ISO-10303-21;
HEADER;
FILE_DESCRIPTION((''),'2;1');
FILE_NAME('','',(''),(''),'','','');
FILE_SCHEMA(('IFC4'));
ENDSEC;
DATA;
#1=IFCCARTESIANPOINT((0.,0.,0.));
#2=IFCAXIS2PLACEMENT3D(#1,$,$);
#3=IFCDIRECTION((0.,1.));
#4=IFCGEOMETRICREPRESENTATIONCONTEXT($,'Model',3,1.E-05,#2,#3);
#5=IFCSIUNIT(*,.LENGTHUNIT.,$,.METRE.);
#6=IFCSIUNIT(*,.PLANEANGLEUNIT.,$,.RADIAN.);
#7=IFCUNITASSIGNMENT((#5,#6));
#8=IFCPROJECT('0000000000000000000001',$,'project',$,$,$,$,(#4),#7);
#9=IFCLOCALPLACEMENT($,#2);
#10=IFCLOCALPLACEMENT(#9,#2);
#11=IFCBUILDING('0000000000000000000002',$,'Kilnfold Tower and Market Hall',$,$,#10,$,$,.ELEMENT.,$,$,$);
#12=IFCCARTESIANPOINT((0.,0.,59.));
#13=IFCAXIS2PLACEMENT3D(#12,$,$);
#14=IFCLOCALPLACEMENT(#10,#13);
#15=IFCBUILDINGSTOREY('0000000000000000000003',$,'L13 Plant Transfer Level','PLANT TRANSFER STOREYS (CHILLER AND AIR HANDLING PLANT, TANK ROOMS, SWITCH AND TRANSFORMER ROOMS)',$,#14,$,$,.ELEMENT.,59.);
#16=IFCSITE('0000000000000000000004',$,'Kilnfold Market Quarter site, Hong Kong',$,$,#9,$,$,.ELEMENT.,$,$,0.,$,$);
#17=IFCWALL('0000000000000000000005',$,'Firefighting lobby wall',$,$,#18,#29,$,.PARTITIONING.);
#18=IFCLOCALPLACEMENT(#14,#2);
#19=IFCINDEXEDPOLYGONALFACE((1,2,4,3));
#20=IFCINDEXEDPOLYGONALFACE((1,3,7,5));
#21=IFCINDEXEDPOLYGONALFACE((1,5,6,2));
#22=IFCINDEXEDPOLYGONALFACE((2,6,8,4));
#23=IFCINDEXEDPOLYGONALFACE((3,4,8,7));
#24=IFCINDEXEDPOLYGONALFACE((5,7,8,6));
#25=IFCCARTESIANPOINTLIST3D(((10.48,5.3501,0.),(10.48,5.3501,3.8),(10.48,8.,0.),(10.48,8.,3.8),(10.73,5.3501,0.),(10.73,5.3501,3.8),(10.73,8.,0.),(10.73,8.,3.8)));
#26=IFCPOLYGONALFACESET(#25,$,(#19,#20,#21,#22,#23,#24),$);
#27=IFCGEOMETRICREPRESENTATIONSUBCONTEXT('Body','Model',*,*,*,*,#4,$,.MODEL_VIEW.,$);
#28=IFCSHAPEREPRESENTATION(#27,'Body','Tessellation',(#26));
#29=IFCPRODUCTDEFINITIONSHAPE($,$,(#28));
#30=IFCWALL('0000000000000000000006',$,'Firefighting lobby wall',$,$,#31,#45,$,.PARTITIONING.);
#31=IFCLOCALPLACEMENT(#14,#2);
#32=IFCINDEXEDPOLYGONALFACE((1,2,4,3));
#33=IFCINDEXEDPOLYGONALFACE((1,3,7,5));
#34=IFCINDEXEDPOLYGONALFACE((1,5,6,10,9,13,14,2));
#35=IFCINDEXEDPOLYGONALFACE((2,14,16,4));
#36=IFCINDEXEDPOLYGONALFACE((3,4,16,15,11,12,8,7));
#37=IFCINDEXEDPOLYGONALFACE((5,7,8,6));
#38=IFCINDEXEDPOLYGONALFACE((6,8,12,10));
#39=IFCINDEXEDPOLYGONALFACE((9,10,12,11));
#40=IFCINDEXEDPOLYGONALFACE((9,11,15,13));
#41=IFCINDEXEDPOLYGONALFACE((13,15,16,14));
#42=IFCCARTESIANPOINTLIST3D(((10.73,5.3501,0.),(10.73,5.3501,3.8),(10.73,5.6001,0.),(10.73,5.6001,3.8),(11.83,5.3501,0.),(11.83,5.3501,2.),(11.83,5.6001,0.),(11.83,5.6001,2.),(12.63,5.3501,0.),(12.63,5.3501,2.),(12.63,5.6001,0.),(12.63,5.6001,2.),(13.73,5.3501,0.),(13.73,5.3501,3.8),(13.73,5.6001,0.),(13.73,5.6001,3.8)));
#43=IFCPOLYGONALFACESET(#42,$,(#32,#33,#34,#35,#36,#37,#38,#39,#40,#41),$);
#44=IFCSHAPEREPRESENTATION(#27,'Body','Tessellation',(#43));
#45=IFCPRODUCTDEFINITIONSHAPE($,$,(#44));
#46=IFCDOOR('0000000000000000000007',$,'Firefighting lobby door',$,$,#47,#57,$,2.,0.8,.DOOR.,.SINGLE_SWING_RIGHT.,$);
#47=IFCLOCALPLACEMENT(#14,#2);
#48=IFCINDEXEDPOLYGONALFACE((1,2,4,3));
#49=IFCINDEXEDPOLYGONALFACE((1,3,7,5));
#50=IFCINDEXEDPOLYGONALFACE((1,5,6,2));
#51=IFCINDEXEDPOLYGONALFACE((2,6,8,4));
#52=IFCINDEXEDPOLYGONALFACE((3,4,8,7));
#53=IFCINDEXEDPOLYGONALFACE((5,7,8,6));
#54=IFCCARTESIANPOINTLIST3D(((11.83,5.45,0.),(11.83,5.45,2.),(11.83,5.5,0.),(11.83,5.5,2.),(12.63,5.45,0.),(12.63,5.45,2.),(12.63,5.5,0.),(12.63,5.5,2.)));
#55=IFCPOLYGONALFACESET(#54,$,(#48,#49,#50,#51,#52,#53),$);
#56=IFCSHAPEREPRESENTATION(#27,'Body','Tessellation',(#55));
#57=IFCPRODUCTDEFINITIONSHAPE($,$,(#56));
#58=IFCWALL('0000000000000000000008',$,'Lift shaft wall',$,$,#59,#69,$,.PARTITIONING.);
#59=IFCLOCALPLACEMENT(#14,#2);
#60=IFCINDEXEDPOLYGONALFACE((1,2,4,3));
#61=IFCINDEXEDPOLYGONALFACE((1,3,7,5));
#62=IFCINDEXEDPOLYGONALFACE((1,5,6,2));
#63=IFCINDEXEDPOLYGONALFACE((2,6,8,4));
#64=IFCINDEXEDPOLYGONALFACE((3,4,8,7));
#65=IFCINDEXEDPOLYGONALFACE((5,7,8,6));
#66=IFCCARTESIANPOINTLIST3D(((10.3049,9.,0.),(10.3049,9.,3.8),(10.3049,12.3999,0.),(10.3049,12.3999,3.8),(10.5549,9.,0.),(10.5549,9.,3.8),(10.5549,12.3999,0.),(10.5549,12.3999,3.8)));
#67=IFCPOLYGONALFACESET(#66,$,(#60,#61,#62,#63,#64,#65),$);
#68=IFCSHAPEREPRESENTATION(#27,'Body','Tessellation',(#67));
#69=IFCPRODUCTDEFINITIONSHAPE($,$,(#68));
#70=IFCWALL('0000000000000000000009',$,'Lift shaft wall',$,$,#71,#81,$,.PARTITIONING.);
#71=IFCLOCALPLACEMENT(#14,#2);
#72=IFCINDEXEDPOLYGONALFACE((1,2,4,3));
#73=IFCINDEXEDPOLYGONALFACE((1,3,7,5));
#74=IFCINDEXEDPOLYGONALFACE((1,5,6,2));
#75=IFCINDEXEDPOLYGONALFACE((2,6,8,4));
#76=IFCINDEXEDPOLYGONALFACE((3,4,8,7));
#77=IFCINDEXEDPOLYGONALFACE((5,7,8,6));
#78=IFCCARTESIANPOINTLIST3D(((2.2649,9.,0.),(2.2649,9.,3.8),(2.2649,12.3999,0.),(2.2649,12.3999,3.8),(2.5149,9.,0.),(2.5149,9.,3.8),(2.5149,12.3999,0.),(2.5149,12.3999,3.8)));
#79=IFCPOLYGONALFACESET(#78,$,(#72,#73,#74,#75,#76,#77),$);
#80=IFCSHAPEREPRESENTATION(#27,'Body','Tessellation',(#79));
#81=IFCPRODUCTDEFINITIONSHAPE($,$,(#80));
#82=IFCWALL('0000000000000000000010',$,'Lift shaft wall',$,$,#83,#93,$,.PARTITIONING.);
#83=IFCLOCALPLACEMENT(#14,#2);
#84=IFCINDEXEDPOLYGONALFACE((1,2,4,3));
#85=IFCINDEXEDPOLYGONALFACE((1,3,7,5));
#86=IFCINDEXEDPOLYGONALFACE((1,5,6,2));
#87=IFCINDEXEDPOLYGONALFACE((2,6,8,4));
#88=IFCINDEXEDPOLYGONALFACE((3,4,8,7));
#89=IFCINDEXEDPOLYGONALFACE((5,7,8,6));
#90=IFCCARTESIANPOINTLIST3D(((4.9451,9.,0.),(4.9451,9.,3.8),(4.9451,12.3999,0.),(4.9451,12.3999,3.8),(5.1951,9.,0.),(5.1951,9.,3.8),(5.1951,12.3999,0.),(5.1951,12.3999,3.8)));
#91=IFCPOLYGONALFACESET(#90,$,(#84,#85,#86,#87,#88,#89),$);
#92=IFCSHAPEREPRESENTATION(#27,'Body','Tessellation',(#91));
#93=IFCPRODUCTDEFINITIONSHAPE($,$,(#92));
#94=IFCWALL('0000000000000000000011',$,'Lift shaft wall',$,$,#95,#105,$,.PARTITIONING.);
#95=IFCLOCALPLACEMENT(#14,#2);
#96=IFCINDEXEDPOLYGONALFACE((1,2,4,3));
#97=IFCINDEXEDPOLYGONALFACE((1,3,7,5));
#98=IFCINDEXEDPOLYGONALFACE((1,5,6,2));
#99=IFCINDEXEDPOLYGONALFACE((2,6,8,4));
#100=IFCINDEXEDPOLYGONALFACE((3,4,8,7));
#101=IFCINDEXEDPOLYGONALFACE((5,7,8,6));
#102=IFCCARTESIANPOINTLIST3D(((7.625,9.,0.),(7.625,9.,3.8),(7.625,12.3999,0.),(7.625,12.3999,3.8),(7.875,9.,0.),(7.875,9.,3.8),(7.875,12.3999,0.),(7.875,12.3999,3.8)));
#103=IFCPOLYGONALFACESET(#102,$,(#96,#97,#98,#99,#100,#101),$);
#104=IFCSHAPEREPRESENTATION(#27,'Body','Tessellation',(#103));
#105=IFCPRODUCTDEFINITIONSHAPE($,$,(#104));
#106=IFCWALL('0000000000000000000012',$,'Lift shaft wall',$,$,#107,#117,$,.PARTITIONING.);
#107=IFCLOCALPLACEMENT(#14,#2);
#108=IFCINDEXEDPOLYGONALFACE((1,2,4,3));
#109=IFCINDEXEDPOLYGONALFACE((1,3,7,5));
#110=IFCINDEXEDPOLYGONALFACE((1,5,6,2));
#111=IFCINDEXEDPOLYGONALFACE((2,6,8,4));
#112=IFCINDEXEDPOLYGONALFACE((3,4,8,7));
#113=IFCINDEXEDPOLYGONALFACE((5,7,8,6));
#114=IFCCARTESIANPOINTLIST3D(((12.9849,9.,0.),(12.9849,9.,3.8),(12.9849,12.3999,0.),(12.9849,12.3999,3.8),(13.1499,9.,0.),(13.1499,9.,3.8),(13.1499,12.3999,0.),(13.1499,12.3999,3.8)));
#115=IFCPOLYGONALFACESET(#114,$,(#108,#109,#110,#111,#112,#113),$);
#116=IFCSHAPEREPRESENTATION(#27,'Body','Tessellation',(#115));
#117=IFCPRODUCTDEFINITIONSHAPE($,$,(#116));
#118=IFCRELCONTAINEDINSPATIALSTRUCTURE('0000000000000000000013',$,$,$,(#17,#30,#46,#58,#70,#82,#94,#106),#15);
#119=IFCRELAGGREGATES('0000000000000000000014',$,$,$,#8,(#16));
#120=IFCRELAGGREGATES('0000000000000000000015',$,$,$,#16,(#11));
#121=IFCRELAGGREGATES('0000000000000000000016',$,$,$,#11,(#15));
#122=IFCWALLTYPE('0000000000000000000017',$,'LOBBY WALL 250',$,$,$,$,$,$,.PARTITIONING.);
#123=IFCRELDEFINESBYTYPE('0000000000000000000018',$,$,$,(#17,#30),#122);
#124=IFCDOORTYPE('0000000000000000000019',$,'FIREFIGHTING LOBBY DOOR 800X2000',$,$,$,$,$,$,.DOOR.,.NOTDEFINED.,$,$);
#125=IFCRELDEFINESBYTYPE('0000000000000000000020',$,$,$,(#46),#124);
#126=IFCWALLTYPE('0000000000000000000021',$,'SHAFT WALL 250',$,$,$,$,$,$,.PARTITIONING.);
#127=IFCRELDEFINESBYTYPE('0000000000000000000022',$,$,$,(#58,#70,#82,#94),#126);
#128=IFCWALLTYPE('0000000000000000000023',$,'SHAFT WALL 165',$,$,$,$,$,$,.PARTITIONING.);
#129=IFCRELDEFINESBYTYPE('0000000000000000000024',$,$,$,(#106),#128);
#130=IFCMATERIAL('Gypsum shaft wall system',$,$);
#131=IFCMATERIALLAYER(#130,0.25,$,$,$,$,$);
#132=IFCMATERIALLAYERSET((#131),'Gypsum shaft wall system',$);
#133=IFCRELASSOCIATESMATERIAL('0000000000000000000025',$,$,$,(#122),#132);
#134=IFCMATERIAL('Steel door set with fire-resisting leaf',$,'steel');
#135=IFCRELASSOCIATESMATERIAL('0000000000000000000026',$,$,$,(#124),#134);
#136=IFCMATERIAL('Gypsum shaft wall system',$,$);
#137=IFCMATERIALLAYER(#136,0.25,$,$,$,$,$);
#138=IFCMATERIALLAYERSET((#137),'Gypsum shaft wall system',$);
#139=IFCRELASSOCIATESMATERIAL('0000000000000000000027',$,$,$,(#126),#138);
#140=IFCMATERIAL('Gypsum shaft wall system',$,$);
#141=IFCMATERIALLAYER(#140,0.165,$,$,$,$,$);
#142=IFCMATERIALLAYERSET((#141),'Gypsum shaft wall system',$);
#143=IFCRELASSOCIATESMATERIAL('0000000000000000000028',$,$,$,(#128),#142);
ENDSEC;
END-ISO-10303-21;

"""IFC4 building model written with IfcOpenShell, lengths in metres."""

from ifc_helpers import new_model, si_unit, direction, frame, frame_2d, origin, place, context, subcontext, project, spatial, rectangle, extrude, source, transform, mapped, material, layer, layer_set, type_object, element, fill, save


model = new_model("IFC4")

# Units and contexts
model_context = context("Model", 3, precision=1e-05, world=origin(), true_north=direction((0.0, 1.0)))
body_context = subcontext(model_context, "Body", "Model", "MODEL_VIEW")
ifc_project = project(units=[si_unit("LENGTHUNIT", "METRE"), si_unit("PLANEANGLEUNIT", "RADIAN")], contexts=[model_context])

# Site, building, storey
site_placement = place(None, origin())
site = spatial("IfcSite", under=ifc_project, at=site_placement, Name="Kilnfold Market Quarter site, Hong Kong", CompositionType="ELEMENT", RefElevation=0.0)
building_placement = place(site_placement, origin())
building = spatial("IfcBuilding", under=site, at=building_placement, Name="Kilnfold Tower and Market Hall", CompositionType="ELEMENT")
storey_placement = place(building_placement, frame((0.0, 0.0, 59.0)))
storey = spatial("IfcBuildingStorey", under=building, at=storey_placement, Name="L13 Plant Transfer Level", Description="PLANT TRANSFER STOREYS (CHILLER AND AIR HANDLING PLANT, TANK ROOMS, SWITCH AND TRANSFORMER ROOMS)", CompositionType="ELEMENT", Elevation=59.0)

# Wall
ifc_material_1 = material(Name="Gypsum shaft wall system")
ifc_layer_1 = layer(ifc_material_1, 0.25)
ifc_layer_set_1 = layer_set([ifc_layer_1], Name="Gypsum shaft wall system")
wall_type_1 = type_object("IfcWallType", Name="LOBBY WALL 250", PredefinedType="PARTITIONING", material=ifc_layer_set_1)
shared_shape_1 = source(origin(), body_context, "Body", "SweptSolid", [
    extrude(rectangle(XDim=2.6499, YDim=0.25, at=frame_2d((1.325, 0.0))), origin(), (0.0, 0.0, 1.0), 3.8),
])
wall_1_placement = place(storey_placement, frame((10.605, 5.3501, 0.0), z_axis=(0.0, 0.0, 1.0), x_axis=(0.0, 1.0, 0.0)))
element("IfcWall", 1, at=wall_1_placement, inside=storey, type_object=wall_type_1, Name="Firefighting lobby wall", PredefinedType="PARTITIONING", context=body_context, shape_type="MappedRepresentation", body=[
    mapped(shared_shape_1, transform((0.0, 0.0, 0.0))),
])

# Wall, opening, door
shared_shape_2 = source(origin(), body_context, "Body", "SweptSolid", [
    extrude(rectangle(XDim=3.0, YDim=0.25, at=frame_2d((1.5, 0.0))), origin(), (0.0, 0.0, 1.0), 3.8),
])
wall_2_placement = place(storey_placement, frame((10.73, 5.4751, 0.0), z_axis=(0.0, 0.0, 1.0), x_axis=(1.0, 0.0, 0.0)))
wall_2 = element("IfcWall", 2, at=wall_2_placement, inside=storey, type_object=wall_type_1, Name="Firefighting lobby wall", PredefinedType="PARTITIONING", context=body_context, shape_type="MappedRepresentation", body=[
    mapped(shared_shape_2, transform((0.0, 0.0, 0.0))),
])
opening_1_placement = place(wall_2_placement, frame((1.1001, 0.0, 0.0)))
opening_1 = element("IfcOpeningElement", 3, at=opening_1_placement, cuts=wall_2, PredefinedType="OPENING", context=body_context, shape_type="SweptSolid", body=[
    extrude(rectangle(XDim=0.8, YDim=2.0, at=frame_2d((0.3999, 1.0))), frame((0.0, 0.135, 0.0), z_axis=(0.0, -1.0, 0.0), x_axis=(1.0, 0.0, 0.0)), (0.0, 0.0, 1.0), 0.27),
])
ifc_material_2 = material(Name="Steel door set with fire-resisting leaf", Category="steel")
door_type_1 = type_object("IfcDoorType", Name="FIREFIGHTING LOBBY DOOR 800X2000", OperationType="NOTDEFINED", PredefinedType="DOOR", material=ifc_material_2)
door_1_placement = place(opening_1_placement, origin())
door_1 = element("IfcDoor", 4, at=door_1_placement, inside=storey, type_object=door_type_1, Name="Firefighting lobby door", OperationType="SINGLE_SWING_RIGHT", OverallHeight=2.0, OverallWidth=0.8, PredefinedType="DOOR", context=body_context, shape_type="SweptSolid", body=[
    extrude(rectangle(XDim=0.8, YDim=2.0, at=frame_2d((0.3999, 1.0))), frame((0.0, 0.0249, 0.0), z_axis=(0.0, -1.0, 0.0), x_axis=(1.0, 0.0, 0.0)), (0.0, 0.0, 1.0), 0.05),
])
fill(opening_1, door_1)

# Walls
ifc_material_3 = material(Name="Gypsum shaft wall system")
ifc_layer_2 = layer(ifc_material_3, 0.25)
ifc_layer_set_2 = layer_set([ifc_layer_2], Name="Gypsum shaft wall system")
wall_type_2 = type_object("IfcWallType", Name="SHAFT WALL 250", PredefinedType="PARTITIONING", material=ifc_layer_set_2)
shared_shape_3 = source(origin(), body_context, "Body", "SweptSolid", [
    extrude(rectangle(XDim=3.3999, YDim=0.25, at=frame_2d((1.7, 0.0))), origin(), (0.0, 0.0, 1.0), 3.8),
])
for number, where, z_axis, x_axis, name in (
    (5, (10.4299, 9.0, 0.0), (0.0, 0.0, 1.0), (0.0, 1.0, 0.0), "Lift shaft wall"),
    (6, (2.3899, 9.0, 0.0), (0.0, 0.0, 1.0), (0.0, 1.0, 0.0), "Lift shaft wall"),
    (7, (5.0701, 9.0, 0.0), (0.0, 0.0, 1.0), (0.0, 1.0, 0.0), "Lift shaft wall"),
    (8, (7.75, 9.0, 0.0), (0.0, 0.0, 1.0), (0.0, 1.0, 0.0), "Lift shaft wall"),
):
    element("IfcWall", number, at=place(storey_placement, frame(where, z_axis=z_axis, x_axis=x_axis)), inside=storey, type_object=wall_type_2, Name=name, PredefinedType="PARTITIONING", context=body_context, shape_type="MappedRepresentation", body=[
        mapped(shared_shape_3, transform((0.0, 0.0, 0.0))),
    ])
ifc_material_4 = material(Name="Gypsum shaft wall system")
ifc_layer_3 = layer(ifc_material_4, 0.165)
ifc_layer_set_3 = layer_set([ifc_layer_3], Name="Gypsum shaft wall system")
wall_type_3 = type_object("IfcWallType", Name="SHAFT WALL 165", PredefinedType="PARTITIONING", material=ifc_layer_set_3)
shared_shape_4 = source(origin(), body_context, "Body", "SweptSolid", [
    extrude(rectangle(XDim=3.3999, YDim=0.165, at=frame_2d((1.7, 0.0))), origin(), (0.0, 0.0, 1.0), 3.8),
])
wall_3_placement = place(storey_placement, frame((13.0674, 9.0, 0.0), z_axis=(0.0, 0.0, 1.0), x_axis=(0.0, 1.0, 0.0)))
element("IfcWall", 9, at=wall_3_placement, inside=storey, type_object=wall_type_3, Name="Lift shaft wall", PredefinedType="PARTITIONING", context=body_context, shape_type="MappedRepresentation", body=[
    mapped(shared_shape_4, transform((0.0, 0.0, 0.0))),
])

save(model, "model.ifc")
